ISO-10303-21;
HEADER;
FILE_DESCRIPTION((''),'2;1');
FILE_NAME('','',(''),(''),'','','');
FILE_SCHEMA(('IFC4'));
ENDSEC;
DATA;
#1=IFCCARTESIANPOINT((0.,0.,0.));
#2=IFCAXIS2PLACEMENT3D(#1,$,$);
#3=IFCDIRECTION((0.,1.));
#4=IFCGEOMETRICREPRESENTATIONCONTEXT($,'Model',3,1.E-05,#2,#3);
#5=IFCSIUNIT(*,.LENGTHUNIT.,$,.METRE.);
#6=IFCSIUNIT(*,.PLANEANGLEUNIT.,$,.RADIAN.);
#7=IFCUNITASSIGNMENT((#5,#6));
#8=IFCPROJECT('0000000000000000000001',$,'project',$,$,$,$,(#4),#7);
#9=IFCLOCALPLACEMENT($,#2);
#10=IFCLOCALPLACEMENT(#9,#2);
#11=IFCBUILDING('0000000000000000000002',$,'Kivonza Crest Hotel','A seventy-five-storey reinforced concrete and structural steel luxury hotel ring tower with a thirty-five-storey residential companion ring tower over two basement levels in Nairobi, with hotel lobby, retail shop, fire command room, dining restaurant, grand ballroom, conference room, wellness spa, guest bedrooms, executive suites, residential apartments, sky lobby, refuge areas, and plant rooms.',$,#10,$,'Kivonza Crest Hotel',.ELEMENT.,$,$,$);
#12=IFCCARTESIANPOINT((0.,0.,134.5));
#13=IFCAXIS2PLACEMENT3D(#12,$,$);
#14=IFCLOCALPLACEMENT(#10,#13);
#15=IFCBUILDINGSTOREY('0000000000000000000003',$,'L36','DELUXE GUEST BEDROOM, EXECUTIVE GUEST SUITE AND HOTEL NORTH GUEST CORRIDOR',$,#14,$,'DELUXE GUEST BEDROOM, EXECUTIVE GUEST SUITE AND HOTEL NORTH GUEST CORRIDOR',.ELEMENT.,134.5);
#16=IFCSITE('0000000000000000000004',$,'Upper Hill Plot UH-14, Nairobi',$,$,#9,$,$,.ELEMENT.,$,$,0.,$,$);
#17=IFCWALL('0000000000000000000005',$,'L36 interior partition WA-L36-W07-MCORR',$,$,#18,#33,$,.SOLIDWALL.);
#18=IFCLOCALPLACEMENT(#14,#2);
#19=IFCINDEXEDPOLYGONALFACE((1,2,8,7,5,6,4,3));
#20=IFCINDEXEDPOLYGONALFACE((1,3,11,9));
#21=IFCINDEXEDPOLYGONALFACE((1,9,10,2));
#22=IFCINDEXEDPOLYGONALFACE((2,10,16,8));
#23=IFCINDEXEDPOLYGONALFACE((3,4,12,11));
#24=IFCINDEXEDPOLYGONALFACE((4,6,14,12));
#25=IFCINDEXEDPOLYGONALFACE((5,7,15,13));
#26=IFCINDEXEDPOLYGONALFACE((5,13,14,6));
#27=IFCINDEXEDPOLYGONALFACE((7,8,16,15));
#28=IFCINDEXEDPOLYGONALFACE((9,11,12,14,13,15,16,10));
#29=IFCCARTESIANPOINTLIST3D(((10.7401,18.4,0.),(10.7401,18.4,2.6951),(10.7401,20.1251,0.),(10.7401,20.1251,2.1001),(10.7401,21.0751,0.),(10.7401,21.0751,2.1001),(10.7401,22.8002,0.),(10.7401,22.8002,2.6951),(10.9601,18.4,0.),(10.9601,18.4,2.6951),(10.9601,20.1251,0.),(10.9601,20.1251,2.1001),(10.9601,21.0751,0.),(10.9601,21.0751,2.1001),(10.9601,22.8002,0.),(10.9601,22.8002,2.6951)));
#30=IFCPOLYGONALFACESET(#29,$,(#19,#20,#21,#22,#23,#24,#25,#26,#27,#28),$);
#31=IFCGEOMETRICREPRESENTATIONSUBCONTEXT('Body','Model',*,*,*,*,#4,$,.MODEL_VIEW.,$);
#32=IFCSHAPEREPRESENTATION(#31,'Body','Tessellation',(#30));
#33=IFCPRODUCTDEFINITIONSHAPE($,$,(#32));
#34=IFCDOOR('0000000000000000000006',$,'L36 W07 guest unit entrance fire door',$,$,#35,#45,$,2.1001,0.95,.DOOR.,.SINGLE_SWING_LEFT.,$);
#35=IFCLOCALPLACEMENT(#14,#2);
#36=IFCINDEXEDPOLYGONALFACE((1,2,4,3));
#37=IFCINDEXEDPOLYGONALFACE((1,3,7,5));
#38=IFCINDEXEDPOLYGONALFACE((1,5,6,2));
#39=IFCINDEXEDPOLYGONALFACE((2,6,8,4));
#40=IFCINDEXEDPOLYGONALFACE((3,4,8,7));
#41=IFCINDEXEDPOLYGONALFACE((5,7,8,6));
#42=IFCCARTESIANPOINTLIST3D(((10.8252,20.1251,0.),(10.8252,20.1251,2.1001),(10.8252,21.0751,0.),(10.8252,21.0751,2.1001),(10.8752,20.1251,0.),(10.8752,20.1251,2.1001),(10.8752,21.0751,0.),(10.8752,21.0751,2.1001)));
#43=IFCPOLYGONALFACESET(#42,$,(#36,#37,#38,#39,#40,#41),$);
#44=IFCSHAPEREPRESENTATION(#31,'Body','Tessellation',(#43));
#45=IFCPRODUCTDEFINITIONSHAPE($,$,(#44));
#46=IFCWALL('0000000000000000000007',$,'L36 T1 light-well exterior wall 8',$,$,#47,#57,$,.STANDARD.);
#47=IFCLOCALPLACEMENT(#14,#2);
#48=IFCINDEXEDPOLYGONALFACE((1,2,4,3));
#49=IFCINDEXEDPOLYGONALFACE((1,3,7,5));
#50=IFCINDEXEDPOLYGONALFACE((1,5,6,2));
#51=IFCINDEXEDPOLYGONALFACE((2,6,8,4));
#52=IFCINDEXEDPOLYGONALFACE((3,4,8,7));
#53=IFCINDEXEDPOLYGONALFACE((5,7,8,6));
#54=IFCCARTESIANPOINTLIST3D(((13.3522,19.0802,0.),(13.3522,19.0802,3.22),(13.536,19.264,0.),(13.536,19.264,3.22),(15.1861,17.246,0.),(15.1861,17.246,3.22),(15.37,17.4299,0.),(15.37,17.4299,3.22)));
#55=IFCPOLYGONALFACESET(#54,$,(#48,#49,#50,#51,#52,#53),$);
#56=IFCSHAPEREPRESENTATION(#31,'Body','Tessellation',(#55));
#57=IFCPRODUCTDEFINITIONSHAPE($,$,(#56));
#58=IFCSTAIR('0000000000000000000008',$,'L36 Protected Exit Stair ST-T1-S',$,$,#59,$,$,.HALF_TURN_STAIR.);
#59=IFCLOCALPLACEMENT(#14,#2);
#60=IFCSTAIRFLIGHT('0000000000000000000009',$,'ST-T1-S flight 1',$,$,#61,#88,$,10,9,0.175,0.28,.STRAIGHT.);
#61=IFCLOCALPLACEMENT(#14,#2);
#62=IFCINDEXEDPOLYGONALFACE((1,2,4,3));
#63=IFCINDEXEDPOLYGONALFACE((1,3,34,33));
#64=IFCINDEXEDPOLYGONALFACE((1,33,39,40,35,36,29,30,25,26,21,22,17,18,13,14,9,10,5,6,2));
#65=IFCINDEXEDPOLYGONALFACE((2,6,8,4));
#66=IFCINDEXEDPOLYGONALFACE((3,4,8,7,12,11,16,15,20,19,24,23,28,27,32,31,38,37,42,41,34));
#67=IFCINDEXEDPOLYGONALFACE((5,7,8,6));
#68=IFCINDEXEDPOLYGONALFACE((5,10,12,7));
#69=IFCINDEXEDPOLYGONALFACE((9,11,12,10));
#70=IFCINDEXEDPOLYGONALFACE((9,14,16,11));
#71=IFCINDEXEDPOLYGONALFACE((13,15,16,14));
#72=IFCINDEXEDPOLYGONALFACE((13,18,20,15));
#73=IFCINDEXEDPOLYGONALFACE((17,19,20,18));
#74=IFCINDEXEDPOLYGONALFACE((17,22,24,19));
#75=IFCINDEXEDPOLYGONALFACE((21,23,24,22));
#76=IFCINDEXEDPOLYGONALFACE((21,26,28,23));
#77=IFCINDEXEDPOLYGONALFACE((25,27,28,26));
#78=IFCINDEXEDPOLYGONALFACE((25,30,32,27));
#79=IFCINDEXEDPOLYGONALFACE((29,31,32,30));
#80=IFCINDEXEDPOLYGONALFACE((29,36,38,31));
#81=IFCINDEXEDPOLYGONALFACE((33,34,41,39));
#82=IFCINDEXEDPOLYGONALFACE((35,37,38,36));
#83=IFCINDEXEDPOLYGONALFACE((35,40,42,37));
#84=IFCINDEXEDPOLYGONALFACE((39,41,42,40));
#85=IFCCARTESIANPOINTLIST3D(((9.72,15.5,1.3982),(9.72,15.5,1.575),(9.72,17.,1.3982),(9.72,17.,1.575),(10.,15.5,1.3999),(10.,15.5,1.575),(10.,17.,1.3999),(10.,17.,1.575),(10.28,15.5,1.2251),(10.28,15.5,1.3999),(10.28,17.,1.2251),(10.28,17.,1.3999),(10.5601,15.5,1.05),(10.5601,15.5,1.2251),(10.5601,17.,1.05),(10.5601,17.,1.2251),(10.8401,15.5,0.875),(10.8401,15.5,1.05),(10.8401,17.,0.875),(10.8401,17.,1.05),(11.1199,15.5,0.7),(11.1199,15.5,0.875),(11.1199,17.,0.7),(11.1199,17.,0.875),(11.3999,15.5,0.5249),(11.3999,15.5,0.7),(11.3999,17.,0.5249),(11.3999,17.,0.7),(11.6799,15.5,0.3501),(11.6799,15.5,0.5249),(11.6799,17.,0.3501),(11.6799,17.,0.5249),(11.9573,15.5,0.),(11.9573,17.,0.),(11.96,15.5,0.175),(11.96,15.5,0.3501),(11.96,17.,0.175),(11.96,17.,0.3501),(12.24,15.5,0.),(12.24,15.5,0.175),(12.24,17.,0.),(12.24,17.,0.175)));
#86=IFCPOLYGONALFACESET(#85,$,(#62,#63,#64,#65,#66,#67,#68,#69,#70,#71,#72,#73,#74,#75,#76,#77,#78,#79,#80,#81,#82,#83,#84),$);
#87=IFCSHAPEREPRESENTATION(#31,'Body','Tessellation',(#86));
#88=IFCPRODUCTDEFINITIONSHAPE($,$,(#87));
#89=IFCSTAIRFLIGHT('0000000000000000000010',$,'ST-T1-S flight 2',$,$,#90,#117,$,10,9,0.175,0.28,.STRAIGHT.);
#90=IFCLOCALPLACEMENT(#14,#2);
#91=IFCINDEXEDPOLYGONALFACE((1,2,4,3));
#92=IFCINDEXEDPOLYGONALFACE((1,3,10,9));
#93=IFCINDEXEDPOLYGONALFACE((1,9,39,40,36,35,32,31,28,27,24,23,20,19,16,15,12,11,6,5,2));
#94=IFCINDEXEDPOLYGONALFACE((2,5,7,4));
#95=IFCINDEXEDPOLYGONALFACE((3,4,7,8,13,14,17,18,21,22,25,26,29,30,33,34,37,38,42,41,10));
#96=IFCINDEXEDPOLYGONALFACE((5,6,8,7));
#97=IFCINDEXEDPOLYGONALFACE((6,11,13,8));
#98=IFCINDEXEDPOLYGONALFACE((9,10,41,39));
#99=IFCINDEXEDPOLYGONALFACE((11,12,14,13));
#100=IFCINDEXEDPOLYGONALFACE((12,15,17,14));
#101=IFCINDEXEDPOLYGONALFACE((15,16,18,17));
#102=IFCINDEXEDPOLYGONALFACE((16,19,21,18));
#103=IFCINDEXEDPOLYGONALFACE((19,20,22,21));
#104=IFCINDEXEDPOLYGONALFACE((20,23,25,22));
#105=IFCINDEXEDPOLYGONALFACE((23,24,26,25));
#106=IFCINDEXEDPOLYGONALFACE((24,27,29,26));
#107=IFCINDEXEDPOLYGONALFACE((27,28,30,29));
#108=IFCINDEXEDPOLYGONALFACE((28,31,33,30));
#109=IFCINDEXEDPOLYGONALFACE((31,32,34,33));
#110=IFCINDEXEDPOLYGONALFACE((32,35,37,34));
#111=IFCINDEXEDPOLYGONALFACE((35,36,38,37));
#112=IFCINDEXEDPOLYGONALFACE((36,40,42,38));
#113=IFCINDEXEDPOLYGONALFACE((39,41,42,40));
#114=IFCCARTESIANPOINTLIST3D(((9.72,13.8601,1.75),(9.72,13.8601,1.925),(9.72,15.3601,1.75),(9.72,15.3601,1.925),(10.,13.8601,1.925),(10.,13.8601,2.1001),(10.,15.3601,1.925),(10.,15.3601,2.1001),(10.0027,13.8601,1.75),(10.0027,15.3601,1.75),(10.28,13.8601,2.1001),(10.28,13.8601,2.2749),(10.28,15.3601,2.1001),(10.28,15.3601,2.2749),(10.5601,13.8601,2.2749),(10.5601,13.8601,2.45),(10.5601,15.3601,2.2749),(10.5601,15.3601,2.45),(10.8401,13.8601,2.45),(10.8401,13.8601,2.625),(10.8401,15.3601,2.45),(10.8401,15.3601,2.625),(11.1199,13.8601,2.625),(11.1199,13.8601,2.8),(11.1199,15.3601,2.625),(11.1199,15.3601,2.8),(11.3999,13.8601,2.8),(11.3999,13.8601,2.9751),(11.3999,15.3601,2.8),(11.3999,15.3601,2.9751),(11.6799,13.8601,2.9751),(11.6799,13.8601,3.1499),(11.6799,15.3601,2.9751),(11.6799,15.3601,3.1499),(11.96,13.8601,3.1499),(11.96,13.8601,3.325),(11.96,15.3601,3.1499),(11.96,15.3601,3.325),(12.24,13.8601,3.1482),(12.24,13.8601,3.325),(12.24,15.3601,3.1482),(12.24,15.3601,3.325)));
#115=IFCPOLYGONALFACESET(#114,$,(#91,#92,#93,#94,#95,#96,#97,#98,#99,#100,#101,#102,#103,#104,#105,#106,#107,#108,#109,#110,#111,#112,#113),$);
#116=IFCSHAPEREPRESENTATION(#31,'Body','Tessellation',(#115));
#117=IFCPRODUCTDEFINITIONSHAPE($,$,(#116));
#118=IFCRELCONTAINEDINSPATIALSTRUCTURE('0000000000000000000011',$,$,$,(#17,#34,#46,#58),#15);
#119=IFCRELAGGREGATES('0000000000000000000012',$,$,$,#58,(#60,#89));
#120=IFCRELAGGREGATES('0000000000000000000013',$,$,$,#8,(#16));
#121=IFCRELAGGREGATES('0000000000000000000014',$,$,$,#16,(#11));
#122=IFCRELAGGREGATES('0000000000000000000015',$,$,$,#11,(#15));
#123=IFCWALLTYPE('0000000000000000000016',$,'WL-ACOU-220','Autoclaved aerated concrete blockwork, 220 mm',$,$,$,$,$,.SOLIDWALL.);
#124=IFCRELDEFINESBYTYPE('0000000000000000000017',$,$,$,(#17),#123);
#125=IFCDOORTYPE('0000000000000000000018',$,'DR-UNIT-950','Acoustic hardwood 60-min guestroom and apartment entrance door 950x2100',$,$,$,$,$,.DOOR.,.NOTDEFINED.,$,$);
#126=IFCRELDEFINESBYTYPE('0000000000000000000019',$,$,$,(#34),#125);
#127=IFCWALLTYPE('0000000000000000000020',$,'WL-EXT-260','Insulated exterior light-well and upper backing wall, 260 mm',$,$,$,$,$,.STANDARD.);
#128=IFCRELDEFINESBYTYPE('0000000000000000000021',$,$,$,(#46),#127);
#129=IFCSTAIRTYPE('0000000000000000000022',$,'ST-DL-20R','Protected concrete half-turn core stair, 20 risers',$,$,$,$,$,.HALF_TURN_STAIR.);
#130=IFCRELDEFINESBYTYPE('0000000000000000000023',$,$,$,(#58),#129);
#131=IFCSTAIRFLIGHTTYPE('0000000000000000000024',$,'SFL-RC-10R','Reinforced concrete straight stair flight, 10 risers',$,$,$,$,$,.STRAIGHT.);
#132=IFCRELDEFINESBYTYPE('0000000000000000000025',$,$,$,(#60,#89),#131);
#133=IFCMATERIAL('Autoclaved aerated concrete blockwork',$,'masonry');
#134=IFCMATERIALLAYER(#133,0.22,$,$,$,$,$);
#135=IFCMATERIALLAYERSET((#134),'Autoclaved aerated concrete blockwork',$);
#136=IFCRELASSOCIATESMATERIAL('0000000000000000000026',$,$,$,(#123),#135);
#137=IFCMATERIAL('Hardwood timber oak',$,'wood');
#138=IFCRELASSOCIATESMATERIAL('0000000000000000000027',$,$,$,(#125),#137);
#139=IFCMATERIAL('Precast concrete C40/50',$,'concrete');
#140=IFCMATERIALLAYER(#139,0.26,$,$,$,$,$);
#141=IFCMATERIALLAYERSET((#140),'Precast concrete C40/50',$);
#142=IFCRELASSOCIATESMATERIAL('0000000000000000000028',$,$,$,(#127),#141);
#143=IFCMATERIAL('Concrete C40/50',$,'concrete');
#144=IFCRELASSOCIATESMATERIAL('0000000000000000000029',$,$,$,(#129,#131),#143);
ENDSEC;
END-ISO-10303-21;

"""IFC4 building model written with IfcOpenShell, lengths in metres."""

from ifc_helpers import new_model, si_unit, direction, frame, frame_2d, origin, place, context, subcontext, project, spatial, polyline, rectangle, outline, extrude, material, layer, layer_set, type_object, element, fill, aggregate, save


model = new_model("IFC4")

# Units and contexts
model_context = context("Model", 3, precision=1e-05, world=origin(), true_north=direction((0.0, 1.0)))
body_context = subcontext(model_context, "Body", "Model", "MODEL_VIEW")
ifc_project = project(units=[si_unit("LENGTHUNIT", "METRE"), si_unit("PLANEANGLEUNIT", "RADIAN")], contexts=[model_context])

# Site, building, storey
site_placement = place(None, origin())
site = spatial("IfcSite", under=ifc_project, at=site_placement, Name="Upper Hill Plot UH-14, Nairobi", CompositionType="ELEMENT", RefElevation=0.0)
building_placement = place(site_placement, origin())
building = spatial("IfcBuilding", under=site, at=building_placement, Name="Kivonza Crest Hotel", Description="A seventy-five-storey reinforced concrete and structural steel luxury hotel ring tower with a thirty-five-storey residential companion ring tower over two basement levels in Nairobi, with hotel lobby, retail shop, fire command room, dining restaurant, grand ballroom, conference room, wellness spa, guest bedrooms, executive suites, residential apartments, sky lobby, refuge areas, and plant rooms.", LongName="Kivonza Crest Hotel", CompositionType="ELEMENT")
storey_placement = place(building_placement, frame((0.0, 0.0, 134.5)))
storey = spatial("IfcBuildingStorey", under=building, at=storey_placement, Name="L36", Description="DELUXE GUEST BEDROOM, EXECUTIVE GUEST SUITE AND HOTEL NORTH GUEST CORRIDOR", LongName="DELUXE GUEST BEDROOM, EXECUTIVE GUEST SUITE AND HOTEL NORTH GUEST CORRIDOR", CompositionType="ELEMENT", Elevation=134.5)

# Shared definitions
ifc_material_1 = material(Name="Autoclaved aerated concrete blockwork", Category="masonry")
ifc_layer_1 = layer(ifc_material_1, 0.22)
ifc_layer_set_1 = layer_set([ifc_layer_1], Name="Autoclaved aerated concrete blockwork")
wall_type_1 = type_object("IfcWallType", Name="WL-ACOU-220", Description="Autoclaved aerated concrete blockwork, 220 mm", PredefinedType="SOLIDWALL", material=ifc_layer_set_1)
ifc_material_2 = material(Name="Hardwood timber oak", Category="wood")
door_type_1 = type_object("IfcDoorType", Name="DR-UNIT-950", Description="Acoustic hardwood 60-min guestroom and apartment entrance door 950x2100", OperationType="NOTDEFINED", PredefinedType="DOOR", material=ifc_material_2)

# Wall, opening, door
wall_1_placement = place(storey_placement, frame((10.8501, 18.3999, 0.0), z_axis=(0.0, 0.0, 1.0), x_axis=(0.0, 1.0, 0.0)))
wall_1 = element("IfcWall", 1, at=wall_1_placement, inside=storey, type_object=wall_type_1, Name="L36 interior partition WA-L36-W07-MCORR", PredefinedType="SOLIDWALL", context=body_context, shape_type="SweptSolid", body=[
    extrude(rectangle(XDim=4.4001, YDim=0.22, at=frame_2d((2.2002, 0.0))), origin(), (0.0, 0.0, 1.0), 2.6951),
])
opening_1_placement = place(wall_1_placement, frame((1.7251, 0.0, 0.0)))
opening_1 = element("IfcOpeningElement", 2, at=opening_1_placement, cuts=wall_1, PredefinedType="OPENING", context=body_context, shape_type="SweptSolid", body=[
    extrude(rectangle(XDim=0.95, YDim=2.1001, at=frame_2d((0.4751, 1.05))), frame((0.0, 0.1201, 0.0), z_axis=(0.0, -1.0, 0.0), x_axis=(1.0, 0.0, 0.0)), (0.0, 0.0, 1.0), 0.24),
])
door_1_placement = place(opening_1_placement, origin())
door_1 = element("IfcDoor", 3, at=door_1_placement, inside=storey, type_object=door_type_1, Name="L36 W07 guest unit entrance fire door", OperationType="SINGLE_SWING_LEFT", OverallHeight=2.1001, OverallWidth=0.95, PredefinedType="DOOR", context=body_context, shape_type="SweptSolid", body=[
    extrude(rectangle(XDim=0.95, YDim=2.1001, at=frame_2d((0.4751, 1.05))), frame((0.0, 0.0249, 0.0), z_axis=(0.0, -1.0, 0.0), x_axis=(1.0, 0.0, 0.0)), (0.0, 0.0, 1.0), 0.05),
])
fill(opening_1, door_1)

# Wall
ifc_material_3 = material(Name="Precast concrete C40/50", Category="concrete")
ifc_layer_2 = layer(ifc_material_3, 0.26)
ifc_layer_set_2 = layer_set([ifc_layer_2], Name="Precast concrete C40/50")
wall_type_2 = type_object("IfcWallType", Name="WL-EXT-260", Description="Insulated exterior light-well and upper backing wall, 260 mm", PredefinedType="STANDARD", material=ifc_layer_set_2)
wall_2_placement = place(storey_placement, frame((13.4441, 19.1721, 0.0), z_axis=(0.0, 0.0, 1.0), x_axis=(0.70706, -0.707154, 0.0)))
element("IfcWall", 4, at=wall_2_placement, inside=storey, type_object=wall_type_2, Name="L36 T1 light-well exterior wall 8", PredefinedType="STANDARD", context=body_context, shape_type="SweptSolid", body=[
    extrude(rectangle(XDim=2.5938, YDim=0.26, at=frame_2d((1.2969, 0.0))), origin(), (0.0, 0.0, 1.0), 3.22),
])

# Stair, stair flights
ifc_material_4 = material(Name="Concrete C40/50", Category="concrete")
stair_type = type_object("IfcStairType", Name="ST-DL-20R", Description="Protected concrete half-turn core stair, 20 risers", PredefinedType="HALF_TURN_STAIR", material=ifc_material_4)
stair_placement = place(storey_placement, origin())
stair = element("IfcStair", 5, at=stair_placement, inside=storey, type_object=stair_type, Name="L36 Protected Exit Stair ST-T1-S", PredefinedType="HALF_TURN_STAIR")
stair_flight_type = type_object("IfcStairFlightType", Name="SFL-RC-10R", Description="Reinforced concrete straight stair flight, 10 risers", PredefinedType="STRAIGHT", material=ifc_material_4)
stair_flight_1_placement = place(storey_placement, frame((12.24, 16.25, 0.0), z_axis=(0.0, 0.0, 1.0), x_axis=(-1.0, 0.0, 0.0)))
stair_flight_1 = element("IfcStairFlight", 6, at=stair_flight_1_placement, type_object=stair_flight_type, Name="ST-T1-S flight 1", NumberOfRisers=10, NumberOfTreads=9, PredefinedType="STRAIGHT", RiserHeight=0.175, TreadLength=0.28, context=body_context, shape_type="SweptSolid", body=[
    extrude(outline(polyline([(0.0, 0.0), (0.0, 0.175), (0.28, 0.175), (0.28, 0.3501), (0.5601, 0.3501), (0.5601, 0.5249), (0.8401, 0.5249), (0.8401, 0.7), (1.1201, 0.7), (1.1201, 0.875), (1.3999, 0.875), (1.3999, 1.05), (1.6799, 1.05), (1.6799, 1.2251), (1.96, 1.2251), (1.96, 1.3999), (2.24, 1.3999), (2.24, 1.575), (2.52, 1.575), (2.52, 1.75), (2.52, 1.3982), (0.2827, 0.0), (0.0, 0.0)])), frame((0.0, 0.75, 0.0), z_axis=(0.0, -1.0, 0.0), x_axis=(1.0, 0.0, 0.0)), (0.0, 0.0, 1.0), 1.5),
])
stair_flight_2_placement = place(storey_placement, frame((9.72, 14.6101, 1.75), z_axis=(0.0, 0.0, 1.0), x_axis=(1.0, 0.0, 0.0)))
stair_flight_2 = element("IfcStairFlight", 7, at=stair_flight_2_placement, type_object=stair_flight_type, Name="ST-T1-S flight 2", NumberOfRisers=10, NumberOfTreads=9, PredefinedType="STRAIGHT", RiserHeight=0.175, TreadLength=0.28, context=body_context, shape_type="SweptSolid", body=[
    extrude(outline(polyline([(0.0, 0.0), (0.0, 0.175), (0.28, 0.175), (0.28, 0.3501), (0.5601, 0.3501), (0.5601, 0.5249), (0.8401, 0.5249), (0.8401, 0.7), (1.1201, 0.7), (1.1201, 0.875), (1.3999, 0.875), (1.3999, 1.05), (1.6799, 1.05), (1.6799, 1.2251), (1.96, 1.2251), (1.96, 1.3999), (2.24, 1.3999), (2.24, 1.575), (2.52, 1.575), (2.52, 1.75), (2.52, 1.3982), (0.2827, 0.0), (0.0, 0.0)])), frame((0.0, 0.75, 0.0), z_axis=(0.0, -1.0, 0.0), x_axis=(1.0, 0.0, 0.0)), (0.0, 0.0, 1.0), 1.5),
])
aggregate(stair, [stair_flight_1, stair_flight_2])

save(model, "model.ifc")
